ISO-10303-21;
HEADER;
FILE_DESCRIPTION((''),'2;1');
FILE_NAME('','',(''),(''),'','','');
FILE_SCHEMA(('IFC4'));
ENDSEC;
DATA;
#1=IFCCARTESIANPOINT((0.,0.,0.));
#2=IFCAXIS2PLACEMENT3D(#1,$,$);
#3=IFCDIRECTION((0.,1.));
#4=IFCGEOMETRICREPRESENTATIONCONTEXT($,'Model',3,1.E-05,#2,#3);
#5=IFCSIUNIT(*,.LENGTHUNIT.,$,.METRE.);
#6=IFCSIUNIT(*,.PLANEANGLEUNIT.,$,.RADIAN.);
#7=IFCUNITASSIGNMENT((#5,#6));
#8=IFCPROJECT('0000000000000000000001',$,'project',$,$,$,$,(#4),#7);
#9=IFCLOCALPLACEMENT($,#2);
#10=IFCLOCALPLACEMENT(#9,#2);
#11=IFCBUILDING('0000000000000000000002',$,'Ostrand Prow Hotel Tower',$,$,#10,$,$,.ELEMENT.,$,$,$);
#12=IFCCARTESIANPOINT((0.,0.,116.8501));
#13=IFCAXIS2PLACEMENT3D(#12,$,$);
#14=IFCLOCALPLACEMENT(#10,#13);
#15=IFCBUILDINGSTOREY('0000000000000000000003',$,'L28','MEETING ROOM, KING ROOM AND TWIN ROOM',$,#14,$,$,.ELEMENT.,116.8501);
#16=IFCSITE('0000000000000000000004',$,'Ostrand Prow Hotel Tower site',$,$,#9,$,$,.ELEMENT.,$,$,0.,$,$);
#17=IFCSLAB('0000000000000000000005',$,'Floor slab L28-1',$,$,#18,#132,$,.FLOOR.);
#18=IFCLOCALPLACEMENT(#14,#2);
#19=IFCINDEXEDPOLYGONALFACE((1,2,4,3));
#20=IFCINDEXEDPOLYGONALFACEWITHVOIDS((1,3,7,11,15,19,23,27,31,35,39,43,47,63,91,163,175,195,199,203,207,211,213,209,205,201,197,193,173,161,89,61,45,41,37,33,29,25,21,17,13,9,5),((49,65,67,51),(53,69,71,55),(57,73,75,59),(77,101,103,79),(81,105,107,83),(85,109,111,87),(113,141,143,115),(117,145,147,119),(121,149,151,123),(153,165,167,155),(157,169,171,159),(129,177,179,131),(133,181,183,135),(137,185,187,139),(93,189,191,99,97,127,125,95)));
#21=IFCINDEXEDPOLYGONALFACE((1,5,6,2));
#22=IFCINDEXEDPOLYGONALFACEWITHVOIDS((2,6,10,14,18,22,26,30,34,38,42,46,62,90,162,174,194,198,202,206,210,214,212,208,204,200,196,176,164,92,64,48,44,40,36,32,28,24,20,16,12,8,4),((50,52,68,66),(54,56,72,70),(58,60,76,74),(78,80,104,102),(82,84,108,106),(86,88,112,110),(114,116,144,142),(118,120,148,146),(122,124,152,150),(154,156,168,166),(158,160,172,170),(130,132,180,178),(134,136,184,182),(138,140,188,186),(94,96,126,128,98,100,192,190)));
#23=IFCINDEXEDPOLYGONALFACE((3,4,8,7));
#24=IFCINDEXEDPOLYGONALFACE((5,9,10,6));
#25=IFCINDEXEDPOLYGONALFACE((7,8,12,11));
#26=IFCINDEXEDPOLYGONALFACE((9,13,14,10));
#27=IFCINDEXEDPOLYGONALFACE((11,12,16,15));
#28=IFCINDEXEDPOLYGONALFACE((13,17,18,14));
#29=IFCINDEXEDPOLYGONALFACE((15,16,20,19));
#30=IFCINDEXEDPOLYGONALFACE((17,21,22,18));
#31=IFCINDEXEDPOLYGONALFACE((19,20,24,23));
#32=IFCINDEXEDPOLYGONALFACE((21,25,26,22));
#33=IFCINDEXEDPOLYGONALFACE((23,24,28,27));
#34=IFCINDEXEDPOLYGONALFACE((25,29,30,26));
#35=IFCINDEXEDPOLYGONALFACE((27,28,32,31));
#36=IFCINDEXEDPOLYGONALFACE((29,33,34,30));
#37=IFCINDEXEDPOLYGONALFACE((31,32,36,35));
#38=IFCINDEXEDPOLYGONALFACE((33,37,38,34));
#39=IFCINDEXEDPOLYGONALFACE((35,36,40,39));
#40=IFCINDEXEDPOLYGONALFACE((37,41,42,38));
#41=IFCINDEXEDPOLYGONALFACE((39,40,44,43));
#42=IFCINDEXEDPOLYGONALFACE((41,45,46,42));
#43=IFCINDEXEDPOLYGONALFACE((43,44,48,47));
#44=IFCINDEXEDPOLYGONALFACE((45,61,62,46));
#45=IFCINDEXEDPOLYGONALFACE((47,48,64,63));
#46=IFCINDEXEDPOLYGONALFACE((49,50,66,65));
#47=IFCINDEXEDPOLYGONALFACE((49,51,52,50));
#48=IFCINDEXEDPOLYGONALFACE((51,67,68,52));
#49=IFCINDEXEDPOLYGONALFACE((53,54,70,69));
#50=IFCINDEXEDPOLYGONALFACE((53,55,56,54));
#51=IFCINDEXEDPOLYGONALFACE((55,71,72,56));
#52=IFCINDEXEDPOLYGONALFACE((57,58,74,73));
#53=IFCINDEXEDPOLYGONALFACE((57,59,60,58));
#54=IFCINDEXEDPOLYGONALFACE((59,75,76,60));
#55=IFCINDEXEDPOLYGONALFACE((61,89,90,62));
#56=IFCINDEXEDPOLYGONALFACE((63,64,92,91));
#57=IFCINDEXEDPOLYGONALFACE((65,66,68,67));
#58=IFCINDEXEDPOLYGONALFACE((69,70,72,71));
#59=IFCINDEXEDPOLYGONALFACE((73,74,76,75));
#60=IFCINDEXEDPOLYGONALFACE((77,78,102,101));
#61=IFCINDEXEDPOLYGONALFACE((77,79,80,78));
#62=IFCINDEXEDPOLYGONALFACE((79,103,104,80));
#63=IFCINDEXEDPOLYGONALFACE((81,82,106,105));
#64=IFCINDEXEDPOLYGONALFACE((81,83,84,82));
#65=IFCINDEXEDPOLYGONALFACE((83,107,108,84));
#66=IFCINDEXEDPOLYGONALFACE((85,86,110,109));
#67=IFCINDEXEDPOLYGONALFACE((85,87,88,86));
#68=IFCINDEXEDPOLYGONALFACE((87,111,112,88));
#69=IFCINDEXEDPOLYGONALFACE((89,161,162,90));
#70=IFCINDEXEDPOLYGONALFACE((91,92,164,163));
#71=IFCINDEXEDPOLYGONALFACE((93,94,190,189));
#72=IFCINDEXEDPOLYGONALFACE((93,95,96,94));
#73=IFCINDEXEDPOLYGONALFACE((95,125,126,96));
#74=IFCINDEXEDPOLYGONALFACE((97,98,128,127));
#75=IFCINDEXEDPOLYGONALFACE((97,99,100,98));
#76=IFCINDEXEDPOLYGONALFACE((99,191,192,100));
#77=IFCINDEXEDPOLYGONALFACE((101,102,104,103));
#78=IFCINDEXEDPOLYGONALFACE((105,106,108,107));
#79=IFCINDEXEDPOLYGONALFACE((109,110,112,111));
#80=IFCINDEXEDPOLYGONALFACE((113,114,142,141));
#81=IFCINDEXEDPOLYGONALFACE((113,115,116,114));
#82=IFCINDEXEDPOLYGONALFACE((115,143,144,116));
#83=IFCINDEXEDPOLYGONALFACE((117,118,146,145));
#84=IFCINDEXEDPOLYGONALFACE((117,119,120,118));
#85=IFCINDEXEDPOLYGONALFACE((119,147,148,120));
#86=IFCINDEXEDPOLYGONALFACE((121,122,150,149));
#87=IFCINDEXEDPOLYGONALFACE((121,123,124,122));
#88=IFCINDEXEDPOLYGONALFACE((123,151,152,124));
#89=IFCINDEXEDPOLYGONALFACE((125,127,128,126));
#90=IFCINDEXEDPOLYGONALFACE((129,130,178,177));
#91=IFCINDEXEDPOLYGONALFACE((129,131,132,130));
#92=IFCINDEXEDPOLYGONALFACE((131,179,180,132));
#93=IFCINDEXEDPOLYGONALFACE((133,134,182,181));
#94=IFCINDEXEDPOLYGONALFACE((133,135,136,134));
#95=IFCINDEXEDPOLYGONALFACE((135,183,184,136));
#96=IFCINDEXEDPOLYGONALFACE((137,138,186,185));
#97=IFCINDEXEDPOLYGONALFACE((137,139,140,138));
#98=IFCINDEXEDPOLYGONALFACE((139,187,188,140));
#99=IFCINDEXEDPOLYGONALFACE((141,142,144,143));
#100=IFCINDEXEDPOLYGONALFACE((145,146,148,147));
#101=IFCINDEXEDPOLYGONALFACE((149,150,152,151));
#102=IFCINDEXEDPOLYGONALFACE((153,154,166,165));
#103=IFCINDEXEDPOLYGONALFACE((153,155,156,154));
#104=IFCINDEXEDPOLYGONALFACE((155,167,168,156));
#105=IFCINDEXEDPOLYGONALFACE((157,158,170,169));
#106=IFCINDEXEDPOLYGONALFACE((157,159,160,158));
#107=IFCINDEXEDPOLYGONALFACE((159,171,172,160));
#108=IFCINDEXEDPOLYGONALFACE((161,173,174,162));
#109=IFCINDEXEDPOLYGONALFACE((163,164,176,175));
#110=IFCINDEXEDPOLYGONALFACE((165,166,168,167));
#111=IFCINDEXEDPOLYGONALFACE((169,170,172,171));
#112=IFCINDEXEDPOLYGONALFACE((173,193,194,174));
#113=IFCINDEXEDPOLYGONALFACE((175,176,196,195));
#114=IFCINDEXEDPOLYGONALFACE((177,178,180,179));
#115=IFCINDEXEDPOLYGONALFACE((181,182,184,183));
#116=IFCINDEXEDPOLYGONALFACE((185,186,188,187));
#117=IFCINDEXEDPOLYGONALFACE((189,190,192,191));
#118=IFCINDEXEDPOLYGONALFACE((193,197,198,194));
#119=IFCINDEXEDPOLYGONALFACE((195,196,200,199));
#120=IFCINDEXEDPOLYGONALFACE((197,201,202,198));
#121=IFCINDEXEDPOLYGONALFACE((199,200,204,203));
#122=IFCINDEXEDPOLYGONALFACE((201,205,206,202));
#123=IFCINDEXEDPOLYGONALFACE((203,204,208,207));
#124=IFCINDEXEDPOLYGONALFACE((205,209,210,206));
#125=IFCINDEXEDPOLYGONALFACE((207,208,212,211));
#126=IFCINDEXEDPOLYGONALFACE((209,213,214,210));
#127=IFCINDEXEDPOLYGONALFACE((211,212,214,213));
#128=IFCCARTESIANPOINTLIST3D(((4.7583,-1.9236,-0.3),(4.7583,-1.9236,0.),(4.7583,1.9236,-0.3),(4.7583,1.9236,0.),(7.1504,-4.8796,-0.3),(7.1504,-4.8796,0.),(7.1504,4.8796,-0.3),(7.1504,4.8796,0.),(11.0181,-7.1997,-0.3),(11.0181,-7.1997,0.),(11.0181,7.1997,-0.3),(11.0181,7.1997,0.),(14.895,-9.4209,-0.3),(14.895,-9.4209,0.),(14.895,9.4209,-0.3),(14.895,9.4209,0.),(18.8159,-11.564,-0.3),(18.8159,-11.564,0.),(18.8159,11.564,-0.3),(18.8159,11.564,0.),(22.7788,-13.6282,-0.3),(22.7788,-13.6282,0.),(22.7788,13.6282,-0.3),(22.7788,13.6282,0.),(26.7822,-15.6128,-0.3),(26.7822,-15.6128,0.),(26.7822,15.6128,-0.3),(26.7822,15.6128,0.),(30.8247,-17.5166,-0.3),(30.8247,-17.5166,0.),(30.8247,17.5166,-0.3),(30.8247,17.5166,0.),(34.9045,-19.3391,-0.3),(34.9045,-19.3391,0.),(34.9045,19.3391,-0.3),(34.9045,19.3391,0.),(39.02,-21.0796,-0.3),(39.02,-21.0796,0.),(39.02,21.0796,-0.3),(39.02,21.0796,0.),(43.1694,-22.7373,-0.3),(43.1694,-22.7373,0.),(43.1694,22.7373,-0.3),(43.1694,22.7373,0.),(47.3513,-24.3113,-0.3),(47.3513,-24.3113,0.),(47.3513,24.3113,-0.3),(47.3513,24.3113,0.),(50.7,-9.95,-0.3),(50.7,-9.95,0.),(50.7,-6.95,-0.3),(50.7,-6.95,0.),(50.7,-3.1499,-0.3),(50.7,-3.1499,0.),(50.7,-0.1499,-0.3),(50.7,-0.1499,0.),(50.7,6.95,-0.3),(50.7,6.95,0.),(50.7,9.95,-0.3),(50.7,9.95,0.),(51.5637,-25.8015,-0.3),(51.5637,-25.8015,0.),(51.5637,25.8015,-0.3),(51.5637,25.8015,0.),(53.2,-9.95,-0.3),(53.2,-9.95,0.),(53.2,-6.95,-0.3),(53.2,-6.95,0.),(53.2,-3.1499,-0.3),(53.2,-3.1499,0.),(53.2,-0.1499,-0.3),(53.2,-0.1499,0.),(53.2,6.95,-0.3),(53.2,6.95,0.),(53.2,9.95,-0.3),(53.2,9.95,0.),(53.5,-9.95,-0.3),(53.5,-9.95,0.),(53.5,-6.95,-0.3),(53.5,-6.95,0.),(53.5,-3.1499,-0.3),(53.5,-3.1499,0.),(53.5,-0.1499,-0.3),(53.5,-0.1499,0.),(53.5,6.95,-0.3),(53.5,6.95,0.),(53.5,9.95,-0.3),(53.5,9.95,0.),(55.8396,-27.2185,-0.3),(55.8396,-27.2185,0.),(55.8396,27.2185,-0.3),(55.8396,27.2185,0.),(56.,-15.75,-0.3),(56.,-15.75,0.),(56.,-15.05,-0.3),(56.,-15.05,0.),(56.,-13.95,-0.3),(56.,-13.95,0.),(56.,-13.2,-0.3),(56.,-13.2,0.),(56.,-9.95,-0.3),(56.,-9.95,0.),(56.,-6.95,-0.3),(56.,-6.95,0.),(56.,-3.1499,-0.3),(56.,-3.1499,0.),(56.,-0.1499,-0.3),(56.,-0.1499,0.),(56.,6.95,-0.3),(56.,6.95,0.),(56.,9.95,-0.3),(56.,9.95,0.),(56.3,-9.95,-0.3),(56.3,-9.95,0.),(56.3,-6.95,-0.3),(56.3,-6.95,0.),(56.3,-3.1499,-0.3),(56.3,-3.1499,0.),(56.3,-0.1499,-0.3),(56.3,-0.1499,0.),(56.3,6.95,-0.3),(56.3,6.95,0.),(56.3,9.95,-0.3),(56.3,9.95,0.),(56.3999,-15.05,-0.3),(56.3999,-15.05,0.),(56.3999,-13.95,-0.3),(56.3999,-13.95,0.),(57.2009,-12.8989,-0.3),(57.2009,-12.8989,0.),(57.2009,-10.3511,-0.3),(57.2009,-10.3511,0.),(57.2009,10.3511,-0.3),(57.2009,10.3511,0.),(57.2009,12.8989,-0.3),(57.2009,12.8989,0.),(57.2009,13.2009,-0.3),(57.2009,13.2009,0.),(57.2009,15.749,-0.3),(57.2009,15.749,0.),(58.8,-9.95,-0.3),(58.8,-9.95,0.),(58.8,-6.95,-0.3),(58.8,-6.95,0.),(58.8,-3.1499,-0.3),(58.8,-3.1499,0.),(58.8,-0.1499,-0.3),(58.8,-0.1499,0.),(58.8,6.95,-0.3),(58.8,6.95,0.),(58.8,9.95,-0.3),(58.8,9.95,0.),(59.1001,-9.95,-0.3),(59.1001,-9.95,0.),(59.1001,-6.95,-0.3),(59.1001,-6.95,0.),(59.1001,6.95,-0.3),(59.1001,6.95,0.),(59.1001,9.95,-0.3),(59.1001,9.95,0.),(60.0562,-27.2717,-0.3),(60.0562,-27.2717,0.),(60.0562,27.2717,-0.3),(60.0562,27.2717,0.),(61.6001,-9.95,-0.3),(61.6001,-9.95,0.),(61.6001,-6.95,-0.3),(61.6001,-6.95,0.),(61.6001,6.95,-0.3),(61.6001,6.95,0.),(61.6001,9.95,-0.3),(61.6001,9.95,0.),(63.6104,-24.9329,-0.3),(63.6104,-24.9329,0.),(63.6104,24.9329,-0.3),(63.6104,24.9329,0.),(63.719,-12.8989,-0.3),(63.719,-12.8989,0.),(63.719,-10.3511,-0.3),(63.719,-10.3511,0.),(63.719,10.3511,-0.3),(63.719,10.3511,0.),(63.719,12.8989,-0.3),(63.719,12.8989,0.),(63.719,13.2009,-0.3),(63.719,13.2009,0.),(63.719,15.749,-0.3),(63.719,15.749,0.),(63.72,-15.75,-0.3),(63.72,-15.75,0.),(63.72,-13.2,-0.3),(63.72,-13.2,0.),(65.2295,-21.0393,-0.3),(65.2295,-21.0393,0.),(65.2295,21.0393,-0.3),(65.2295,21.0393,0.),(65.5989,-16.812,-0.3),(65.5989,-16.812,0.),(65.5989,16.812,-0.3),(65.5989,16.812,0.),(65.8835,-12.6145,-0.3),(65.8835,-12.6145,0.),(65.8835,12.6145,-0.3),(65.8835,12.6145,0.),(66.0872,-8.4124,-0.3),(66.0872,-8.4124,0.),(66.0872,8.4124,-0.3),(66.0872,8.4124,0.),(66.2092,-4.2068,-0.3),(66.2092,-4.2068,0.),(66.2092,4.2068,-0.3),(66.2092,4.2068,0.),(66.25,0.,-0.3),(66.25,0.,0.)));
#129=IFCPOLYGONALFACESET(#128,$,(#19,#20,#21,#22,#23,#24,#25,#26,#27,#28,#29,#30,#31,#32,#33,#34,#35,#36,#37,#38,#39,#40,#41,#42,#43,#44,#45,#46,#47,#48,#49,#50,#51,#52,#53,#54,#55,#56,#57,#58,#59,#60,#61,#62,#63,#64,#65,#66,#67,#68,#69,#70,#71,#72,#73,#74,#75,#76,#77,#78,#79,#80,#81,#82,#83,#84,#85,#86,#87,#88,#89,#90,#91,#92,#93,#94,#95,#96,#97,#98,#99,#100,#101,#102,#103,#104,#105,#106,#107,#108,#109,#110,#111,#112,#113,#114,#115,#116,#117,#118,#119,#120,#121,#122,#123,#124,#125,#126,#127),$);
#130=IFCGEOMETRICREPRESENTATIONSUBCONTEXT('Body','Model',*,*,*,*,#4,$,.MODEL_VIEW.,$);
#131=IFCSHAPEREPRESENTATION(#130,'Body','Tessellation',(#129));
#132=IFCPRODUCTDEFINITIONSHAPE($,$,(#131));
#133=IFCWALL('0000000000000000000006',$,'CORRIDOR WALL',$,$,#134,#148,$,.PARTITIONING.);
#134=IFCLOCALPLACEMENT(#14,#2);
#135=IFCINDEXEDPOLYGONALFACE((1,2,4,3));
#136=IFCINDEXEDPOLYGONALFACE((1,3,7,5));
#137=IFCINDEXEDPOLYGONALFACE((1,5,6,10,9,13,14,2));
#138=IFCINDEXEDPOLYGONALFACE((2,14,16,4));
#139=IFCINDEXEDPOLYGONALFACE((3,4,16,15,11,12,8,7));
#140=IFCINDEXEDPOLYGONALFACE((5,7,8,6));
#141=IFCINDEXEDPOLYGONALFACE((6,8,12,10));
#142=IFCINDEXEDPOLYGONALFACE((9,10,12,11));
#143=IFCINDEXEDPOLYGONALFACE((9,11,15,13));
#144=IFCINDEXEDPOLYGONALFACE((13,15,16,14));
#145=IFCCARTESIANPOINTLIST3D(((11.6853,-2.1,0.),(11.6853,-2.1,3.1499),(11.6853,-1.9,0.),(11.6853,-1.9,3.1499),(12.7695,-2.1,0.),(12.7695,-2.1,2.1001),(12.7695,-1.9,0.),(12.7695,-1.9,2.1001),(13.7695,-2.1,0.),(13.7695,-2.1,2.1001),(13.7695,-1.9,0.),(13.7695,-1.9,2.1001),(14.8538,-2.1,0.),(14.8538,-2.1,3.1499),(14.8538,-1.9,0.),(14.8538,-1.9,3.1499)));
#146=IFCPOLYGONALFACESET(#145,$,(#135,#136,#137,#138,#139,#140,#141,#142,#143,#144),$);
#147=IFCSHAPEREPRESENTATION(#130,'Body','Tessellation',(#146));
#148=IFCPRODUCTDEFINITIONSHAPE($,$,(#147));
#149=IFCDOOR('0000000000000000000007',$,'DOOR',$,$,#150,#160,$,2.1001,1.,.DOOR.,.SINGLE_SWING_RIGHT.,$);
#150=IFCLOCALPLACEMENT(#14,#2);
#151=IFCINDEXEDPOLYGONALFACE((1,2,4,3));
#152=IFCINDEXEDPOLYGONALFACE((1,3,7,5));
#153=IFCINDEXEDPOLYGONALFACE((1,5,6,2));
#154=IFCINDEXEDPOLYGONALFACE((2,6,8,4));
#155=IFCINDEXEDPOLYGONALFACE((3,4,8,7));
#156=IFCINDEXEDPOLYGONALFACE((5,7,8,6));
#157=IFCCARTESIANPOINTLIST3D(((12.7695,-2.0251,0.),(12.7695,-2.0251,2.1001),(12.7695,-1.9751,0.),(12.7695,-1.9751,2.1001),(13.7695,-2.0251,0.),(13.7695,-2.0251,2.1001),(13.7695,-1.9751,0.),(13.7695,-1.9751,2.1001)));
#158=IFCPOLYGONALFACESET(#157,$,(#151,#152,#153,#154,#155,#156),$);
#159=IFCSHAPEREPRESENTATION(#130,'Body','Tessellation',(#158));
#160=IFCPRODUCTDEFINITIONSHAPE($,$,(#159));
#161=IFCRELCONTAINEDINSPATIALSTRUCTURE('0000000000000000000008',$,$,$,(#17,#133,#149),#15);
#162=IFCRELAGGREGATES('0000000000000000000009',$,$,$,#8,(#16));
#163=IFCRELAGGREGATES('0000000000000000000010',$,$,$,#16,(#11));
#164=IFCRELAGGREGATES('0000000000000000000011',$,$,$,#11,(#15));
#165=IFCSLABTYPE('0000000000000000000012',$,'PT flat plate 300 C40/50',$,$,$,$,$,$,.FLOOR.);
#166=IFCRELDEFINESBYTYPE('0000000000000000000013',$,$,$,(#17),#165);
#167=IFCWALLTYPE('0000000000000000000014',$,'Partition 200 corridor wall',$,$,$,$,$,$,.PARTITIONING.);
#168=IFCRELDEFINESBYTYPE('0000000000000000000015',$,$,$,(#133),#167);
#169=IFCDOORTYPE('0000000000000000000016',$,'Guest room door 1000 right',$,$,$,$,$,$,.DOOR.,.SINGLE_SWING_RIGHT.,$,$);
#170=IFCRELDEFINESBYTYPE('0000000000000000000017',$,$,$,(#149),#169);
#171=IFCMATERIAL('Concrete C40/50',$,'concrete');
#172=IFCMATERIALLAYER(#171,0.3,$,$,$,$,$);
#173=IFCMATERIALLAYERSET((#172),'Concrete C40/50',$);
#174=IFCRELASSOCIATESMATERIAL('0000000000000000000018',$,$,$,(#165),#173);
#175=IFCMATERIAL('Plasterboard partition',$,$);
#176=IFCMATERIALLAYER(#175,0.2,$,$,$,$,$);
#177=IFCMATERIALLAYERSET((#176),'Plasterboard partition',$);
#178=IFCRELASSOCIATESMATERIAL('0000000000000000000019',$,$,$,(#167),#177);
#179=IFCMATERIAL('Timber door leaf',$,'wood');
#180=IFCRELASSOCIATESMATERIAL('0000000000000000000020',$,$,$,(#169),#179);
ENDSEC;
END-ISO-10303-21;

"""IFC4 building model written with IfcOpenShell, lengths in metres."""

from ifc_helpers import new_model, si_unit, direction, frame, frame_2d, origin, place, context, subcontext, project, spatial, polyline, rectangle, outline, extrude, material, layer, layer_set, type_object, element, fill, save


model = new_model("IFC4")

# Units and contexts
model_context = context("Model", 3, precision=1e-05, world=origin(), true_north=direction((0.0, 1.0)))
body_context = subcontext(model_context, "Body", "Model", "MODEL_VIEW")
ifc_project = project(units=[si_unit("LENGTHUNIT", "METRE"), si_unit("PLANEANGLEUNIT", "RADIAN")], contexts=[model_context])

# Site, building, storey
site_placement = place(None, origin())
site = spatial("IfcSite", under=ifc_project, at=site_placement, Name="Ostrand Prow Hotel Tower site", CompositionType="ELEMENT", RefElevation=0.0)
building_placement = place(site_placement, origin())
building = spatial("IfcBuilding", under=site, at=building_placement, Name="Ostrand Prow Hotel Tower", CompositionType="ELEMENT")
storey_placement = place(building_placement, frame((0.0, 0.0, 116.8501)))
storey = spatial("IfcBuildingStorey", under=building, at=storey_placement, Name="L28", Description="MEETING ROOM, KING ROOM AND TWIN ROOM", CompositionType="ELEMENT", Elevation=116.8501)

# Slab, opening
ifc_material_1 = material(Name="Concrete C40/50", Category="concrete")
ifc_layer_1 = layer(ifc_material_1, 0.3)
ifc_layer_set_1 = layer_set([ifc_layer_1], Name="Concrete C40/50")
slab_type = type_object("IfcSlabType", Name="PT flat plate 300 C40/50", PredefinedType="FLOOR", material=ifc_layer_set_1)
slab_placement = place(storey_placement, frame((0.0, 0.0, -0.3)))
slab = element("IfcSlab", 1, at=slab_placement, inside=storey, type_object=slab_type, Name="Floor slab L28-1", PredefinedType="FLOOR", context=body_context, shape_type="SweptSolid", body=[
    extrude(outline(polyline([(7.1504, 4.8796), (11.0181, 7.1997), (14.895, 9.4209), (18.8159, 11.564), (22.7788, 13.6282), (26.7822, 15.6128), (30.8247, 17.5166), (34.9045, 19.3391), (39.02, 21.0796), (43.1694, 22.7373), (47.3513, 24.3113), (51.5637, 25.8015), (55.8396, 27.2185), (60.0562, 27.2717), (63.6104, 24.9329), (65.2295, 21.0393), (65.5989, 16.812), (65.8835, 12.6145), (66.0872, 8.4124), (66.2092, 4.2068), (66.25, 0.0), (66.2092, -4.2068), (66.0872, -8.4124), (65.8835, -12.6145), (65.5989, -16.812), (65.2295, -21.0393), (63.6104, -24.9329), (60.0562, -27.2717), (55.8396, -27.2185), (51.5637, -25.8015), (47.3513, -24.3113), (43.1694, -22.7373), (39.02, -21.0796), (34.9045, -19.3391), (30.8247, -17.5166), (26.7822, -15.6128), (22.7788, -13.6282), (18.8159, -11.564), (14.895, -9.4209), (11.0181, -7.1997), (7.1504, -4.8796), (4.7583, -1.9236), (4.7583, 1.9236), (7.1504, 4.8796)]), holes=[polyline([(50.7, 6.95), (53.2, 6.95), (53.2, 9.95), (50.7, 9.95), (50.7, 6.95)]), polyline([(53.5, 6.95), (56.0, 6.95), (56.0, 9.95), (53.5, 9.95), (53.5, 6.95)]), polyline([(56.3, 6.95), (58.8, 6.95), (58.8, 9.95), (56.3, 9.95), (56.3, 6.95)]), polyline([(59.1001, 6.95), (61.6001, 6.95), (61.6001, 9.95), (59.1001, 9.95), (59.1001, 6.95)]), polyline([(50.7, -3.1499), (53.2, -3.1499), (53.2, -0.1499), (50.7, -0.1499), (50.7, -3.1499)]), polyline([(53.5, -3.1499), (56.0, -3.1499), (56.0, -0.1499), (53.5, -0.1499), (53.5, -3.1499)]), polyline([(56.3, -3.1499), (58.8, -3.1499), (58.8, -0.1499), (56.3, -0.1499), (56.3, -3.1499)]), polyline([(50.7, -9.95), (53.2, -9.95), (53.2, -6.95), (50.7, -6.95), (50.7, -9.95)]), polyline([(53.5, -9.95), (56.0, -9.95), (56.0, -6.95), (53.5, -6.95), (53.5, -9.95)]), polyline([(56.3, -9.95), (58.8, -9.95), (58.8, -6.95), (56.3, -6.95), (56.3, -9.95)]), polyline([(59.1001, -9.95), (61.6001, -9.95), (61.6001, -6.95), (59.1001, -6.95), (59.1001, -9.95)]), polyline([(57.2009, 10.3511), (57.2009, 12.8989), (63.719, 12.8989), (63.719, 10.3511), (57.2009, 10.3511)]), polyline([(57.2009, 13.2009), (57.2009, 15.749), (63.719, 15.749), (63.719, 13.2009), (57.2009, 13.2009)]), polyline([(57.2009, -12.8989), (57.2009, -10.3511), (63.719, -10.3511), (63.719, -12.8989), (57.2009, -12.8989)]), polyline([(56.0, -13.2), (63.72, -13.2), (63.72, -15.75), (56.0, -15.75), (56.0, -15.05), (56.3999, -15.05), (56.3999, -13.95), (56.0, -13.95), (56.0, -13.2)])]), origin(), (0.0, 0.0, 1.0), 0.3),
])
opening_1_placement = place(slab_placement, origin())
element("IfcOpeningElement", 2, at=opening_1_placement, cuts=slab, PredefinedType="OPENING", context=body_context, shape_type="SweptSolid", body=[
    extrude(outline(polyline([(56.0, -13.2), (63.72, -13.2), (63.72, -15.75), (56.0, -15.75), (56.0, -15.05), (56.3999, -15.05), (56.3999, -13.95), (56.0, -13.95), (56.0, -13.2)])), origin(), (0.0, 0.0, 1.0), 0.3),
])

# Wall, opening, door
ifc_material_2 = material(Name="Plasterboard partition")
ifc_layer_2 = layer(ifc_material_2, 0.2)
ifc_layer_set_2 = layer_set([ifc_layer_2], Name="Plasterboard partition")
wall_type_1 = type_object("IfcWallType", Name="Partition 200 corridor wall", PredefinedType="PARTITIONING", material=ifc_layer_set_2)
wall_1_placement = place(storey_placement, frame((11.6853, -2.0, 0.0), z_axis=(0.0, 0.0, 1.0), x_axis=(1.0, 0.0, 0.0)))
wall_1 = element("IfcWall", 3, at=wall_1_placement, inside=storey, type_object=wall_type_1, Name="CORRIDOR WALL", PredefinedType="PARTITIONING", context=body_context, shape_type="SweptSolid", body=[
    extrude(rectangle(XDim=3.1685, YDim=0.2, at=frame_2d((1.5842, 0.0))), origin(), (0.0, 0.0, 1.0), 3.1499),
])
opening_2_placement = place(wall_1_placement, frame((1.0842, 0.0, 0.0)))
opening_2 = element("IfcOpeningElement", 4, at=opening_2_placement, cuts=wall_1, PredefinedType="OPENING", context=body_context, shape_type="SweptSolid", body=[
    extrude(rectangle(XDim=1.0, YDim=2.1001, at=frame_2d((0.5, 1.05))), frame((0.0, 0.1099, 0.0), z_axis=(0.0, -1.0, 0.0), x_axis=(1.0, 0.0, 0.0)), (0.0, 0.0, 1.0), 0.22),
])
ifc_material_3 = material(Name="Timber door leaf", Category="wood")
door_type_1 = type_object("IfcDoorType", Name="Guest room door 1000 right", OperationType="SINGLE_SWING_RIGHT", PredefinedType="DOOR", material=ifc_material_3)
door_1_placement = place(opening_2_placement, origin())
door_1 = element("IfcDoor", 5, at=door_1_placement, inside=storey, type_object=door_type_1, Name="DOOR", OperationType="SINGLE_SWING_RIGHT", OverallHeight=2.1001, OverallWidth=1.0, PredefinedType="DOOR", context=body_context, shape_type="SweptSolid", body=[
    extrude(rectangle(XDim=1.0, YDim=2.1001, at=frame_2d((0.5, 1.05))), frame((0.0, 0.0249, 0.0), z_axis=(0.0, -1.0, 0.0), x_axis=(1.0, 0.0, 0.0)), (0.0, 0.0, 1.0), 0.05),
])
fill(opening_2, door_1)

save(model, "model.ifc")
